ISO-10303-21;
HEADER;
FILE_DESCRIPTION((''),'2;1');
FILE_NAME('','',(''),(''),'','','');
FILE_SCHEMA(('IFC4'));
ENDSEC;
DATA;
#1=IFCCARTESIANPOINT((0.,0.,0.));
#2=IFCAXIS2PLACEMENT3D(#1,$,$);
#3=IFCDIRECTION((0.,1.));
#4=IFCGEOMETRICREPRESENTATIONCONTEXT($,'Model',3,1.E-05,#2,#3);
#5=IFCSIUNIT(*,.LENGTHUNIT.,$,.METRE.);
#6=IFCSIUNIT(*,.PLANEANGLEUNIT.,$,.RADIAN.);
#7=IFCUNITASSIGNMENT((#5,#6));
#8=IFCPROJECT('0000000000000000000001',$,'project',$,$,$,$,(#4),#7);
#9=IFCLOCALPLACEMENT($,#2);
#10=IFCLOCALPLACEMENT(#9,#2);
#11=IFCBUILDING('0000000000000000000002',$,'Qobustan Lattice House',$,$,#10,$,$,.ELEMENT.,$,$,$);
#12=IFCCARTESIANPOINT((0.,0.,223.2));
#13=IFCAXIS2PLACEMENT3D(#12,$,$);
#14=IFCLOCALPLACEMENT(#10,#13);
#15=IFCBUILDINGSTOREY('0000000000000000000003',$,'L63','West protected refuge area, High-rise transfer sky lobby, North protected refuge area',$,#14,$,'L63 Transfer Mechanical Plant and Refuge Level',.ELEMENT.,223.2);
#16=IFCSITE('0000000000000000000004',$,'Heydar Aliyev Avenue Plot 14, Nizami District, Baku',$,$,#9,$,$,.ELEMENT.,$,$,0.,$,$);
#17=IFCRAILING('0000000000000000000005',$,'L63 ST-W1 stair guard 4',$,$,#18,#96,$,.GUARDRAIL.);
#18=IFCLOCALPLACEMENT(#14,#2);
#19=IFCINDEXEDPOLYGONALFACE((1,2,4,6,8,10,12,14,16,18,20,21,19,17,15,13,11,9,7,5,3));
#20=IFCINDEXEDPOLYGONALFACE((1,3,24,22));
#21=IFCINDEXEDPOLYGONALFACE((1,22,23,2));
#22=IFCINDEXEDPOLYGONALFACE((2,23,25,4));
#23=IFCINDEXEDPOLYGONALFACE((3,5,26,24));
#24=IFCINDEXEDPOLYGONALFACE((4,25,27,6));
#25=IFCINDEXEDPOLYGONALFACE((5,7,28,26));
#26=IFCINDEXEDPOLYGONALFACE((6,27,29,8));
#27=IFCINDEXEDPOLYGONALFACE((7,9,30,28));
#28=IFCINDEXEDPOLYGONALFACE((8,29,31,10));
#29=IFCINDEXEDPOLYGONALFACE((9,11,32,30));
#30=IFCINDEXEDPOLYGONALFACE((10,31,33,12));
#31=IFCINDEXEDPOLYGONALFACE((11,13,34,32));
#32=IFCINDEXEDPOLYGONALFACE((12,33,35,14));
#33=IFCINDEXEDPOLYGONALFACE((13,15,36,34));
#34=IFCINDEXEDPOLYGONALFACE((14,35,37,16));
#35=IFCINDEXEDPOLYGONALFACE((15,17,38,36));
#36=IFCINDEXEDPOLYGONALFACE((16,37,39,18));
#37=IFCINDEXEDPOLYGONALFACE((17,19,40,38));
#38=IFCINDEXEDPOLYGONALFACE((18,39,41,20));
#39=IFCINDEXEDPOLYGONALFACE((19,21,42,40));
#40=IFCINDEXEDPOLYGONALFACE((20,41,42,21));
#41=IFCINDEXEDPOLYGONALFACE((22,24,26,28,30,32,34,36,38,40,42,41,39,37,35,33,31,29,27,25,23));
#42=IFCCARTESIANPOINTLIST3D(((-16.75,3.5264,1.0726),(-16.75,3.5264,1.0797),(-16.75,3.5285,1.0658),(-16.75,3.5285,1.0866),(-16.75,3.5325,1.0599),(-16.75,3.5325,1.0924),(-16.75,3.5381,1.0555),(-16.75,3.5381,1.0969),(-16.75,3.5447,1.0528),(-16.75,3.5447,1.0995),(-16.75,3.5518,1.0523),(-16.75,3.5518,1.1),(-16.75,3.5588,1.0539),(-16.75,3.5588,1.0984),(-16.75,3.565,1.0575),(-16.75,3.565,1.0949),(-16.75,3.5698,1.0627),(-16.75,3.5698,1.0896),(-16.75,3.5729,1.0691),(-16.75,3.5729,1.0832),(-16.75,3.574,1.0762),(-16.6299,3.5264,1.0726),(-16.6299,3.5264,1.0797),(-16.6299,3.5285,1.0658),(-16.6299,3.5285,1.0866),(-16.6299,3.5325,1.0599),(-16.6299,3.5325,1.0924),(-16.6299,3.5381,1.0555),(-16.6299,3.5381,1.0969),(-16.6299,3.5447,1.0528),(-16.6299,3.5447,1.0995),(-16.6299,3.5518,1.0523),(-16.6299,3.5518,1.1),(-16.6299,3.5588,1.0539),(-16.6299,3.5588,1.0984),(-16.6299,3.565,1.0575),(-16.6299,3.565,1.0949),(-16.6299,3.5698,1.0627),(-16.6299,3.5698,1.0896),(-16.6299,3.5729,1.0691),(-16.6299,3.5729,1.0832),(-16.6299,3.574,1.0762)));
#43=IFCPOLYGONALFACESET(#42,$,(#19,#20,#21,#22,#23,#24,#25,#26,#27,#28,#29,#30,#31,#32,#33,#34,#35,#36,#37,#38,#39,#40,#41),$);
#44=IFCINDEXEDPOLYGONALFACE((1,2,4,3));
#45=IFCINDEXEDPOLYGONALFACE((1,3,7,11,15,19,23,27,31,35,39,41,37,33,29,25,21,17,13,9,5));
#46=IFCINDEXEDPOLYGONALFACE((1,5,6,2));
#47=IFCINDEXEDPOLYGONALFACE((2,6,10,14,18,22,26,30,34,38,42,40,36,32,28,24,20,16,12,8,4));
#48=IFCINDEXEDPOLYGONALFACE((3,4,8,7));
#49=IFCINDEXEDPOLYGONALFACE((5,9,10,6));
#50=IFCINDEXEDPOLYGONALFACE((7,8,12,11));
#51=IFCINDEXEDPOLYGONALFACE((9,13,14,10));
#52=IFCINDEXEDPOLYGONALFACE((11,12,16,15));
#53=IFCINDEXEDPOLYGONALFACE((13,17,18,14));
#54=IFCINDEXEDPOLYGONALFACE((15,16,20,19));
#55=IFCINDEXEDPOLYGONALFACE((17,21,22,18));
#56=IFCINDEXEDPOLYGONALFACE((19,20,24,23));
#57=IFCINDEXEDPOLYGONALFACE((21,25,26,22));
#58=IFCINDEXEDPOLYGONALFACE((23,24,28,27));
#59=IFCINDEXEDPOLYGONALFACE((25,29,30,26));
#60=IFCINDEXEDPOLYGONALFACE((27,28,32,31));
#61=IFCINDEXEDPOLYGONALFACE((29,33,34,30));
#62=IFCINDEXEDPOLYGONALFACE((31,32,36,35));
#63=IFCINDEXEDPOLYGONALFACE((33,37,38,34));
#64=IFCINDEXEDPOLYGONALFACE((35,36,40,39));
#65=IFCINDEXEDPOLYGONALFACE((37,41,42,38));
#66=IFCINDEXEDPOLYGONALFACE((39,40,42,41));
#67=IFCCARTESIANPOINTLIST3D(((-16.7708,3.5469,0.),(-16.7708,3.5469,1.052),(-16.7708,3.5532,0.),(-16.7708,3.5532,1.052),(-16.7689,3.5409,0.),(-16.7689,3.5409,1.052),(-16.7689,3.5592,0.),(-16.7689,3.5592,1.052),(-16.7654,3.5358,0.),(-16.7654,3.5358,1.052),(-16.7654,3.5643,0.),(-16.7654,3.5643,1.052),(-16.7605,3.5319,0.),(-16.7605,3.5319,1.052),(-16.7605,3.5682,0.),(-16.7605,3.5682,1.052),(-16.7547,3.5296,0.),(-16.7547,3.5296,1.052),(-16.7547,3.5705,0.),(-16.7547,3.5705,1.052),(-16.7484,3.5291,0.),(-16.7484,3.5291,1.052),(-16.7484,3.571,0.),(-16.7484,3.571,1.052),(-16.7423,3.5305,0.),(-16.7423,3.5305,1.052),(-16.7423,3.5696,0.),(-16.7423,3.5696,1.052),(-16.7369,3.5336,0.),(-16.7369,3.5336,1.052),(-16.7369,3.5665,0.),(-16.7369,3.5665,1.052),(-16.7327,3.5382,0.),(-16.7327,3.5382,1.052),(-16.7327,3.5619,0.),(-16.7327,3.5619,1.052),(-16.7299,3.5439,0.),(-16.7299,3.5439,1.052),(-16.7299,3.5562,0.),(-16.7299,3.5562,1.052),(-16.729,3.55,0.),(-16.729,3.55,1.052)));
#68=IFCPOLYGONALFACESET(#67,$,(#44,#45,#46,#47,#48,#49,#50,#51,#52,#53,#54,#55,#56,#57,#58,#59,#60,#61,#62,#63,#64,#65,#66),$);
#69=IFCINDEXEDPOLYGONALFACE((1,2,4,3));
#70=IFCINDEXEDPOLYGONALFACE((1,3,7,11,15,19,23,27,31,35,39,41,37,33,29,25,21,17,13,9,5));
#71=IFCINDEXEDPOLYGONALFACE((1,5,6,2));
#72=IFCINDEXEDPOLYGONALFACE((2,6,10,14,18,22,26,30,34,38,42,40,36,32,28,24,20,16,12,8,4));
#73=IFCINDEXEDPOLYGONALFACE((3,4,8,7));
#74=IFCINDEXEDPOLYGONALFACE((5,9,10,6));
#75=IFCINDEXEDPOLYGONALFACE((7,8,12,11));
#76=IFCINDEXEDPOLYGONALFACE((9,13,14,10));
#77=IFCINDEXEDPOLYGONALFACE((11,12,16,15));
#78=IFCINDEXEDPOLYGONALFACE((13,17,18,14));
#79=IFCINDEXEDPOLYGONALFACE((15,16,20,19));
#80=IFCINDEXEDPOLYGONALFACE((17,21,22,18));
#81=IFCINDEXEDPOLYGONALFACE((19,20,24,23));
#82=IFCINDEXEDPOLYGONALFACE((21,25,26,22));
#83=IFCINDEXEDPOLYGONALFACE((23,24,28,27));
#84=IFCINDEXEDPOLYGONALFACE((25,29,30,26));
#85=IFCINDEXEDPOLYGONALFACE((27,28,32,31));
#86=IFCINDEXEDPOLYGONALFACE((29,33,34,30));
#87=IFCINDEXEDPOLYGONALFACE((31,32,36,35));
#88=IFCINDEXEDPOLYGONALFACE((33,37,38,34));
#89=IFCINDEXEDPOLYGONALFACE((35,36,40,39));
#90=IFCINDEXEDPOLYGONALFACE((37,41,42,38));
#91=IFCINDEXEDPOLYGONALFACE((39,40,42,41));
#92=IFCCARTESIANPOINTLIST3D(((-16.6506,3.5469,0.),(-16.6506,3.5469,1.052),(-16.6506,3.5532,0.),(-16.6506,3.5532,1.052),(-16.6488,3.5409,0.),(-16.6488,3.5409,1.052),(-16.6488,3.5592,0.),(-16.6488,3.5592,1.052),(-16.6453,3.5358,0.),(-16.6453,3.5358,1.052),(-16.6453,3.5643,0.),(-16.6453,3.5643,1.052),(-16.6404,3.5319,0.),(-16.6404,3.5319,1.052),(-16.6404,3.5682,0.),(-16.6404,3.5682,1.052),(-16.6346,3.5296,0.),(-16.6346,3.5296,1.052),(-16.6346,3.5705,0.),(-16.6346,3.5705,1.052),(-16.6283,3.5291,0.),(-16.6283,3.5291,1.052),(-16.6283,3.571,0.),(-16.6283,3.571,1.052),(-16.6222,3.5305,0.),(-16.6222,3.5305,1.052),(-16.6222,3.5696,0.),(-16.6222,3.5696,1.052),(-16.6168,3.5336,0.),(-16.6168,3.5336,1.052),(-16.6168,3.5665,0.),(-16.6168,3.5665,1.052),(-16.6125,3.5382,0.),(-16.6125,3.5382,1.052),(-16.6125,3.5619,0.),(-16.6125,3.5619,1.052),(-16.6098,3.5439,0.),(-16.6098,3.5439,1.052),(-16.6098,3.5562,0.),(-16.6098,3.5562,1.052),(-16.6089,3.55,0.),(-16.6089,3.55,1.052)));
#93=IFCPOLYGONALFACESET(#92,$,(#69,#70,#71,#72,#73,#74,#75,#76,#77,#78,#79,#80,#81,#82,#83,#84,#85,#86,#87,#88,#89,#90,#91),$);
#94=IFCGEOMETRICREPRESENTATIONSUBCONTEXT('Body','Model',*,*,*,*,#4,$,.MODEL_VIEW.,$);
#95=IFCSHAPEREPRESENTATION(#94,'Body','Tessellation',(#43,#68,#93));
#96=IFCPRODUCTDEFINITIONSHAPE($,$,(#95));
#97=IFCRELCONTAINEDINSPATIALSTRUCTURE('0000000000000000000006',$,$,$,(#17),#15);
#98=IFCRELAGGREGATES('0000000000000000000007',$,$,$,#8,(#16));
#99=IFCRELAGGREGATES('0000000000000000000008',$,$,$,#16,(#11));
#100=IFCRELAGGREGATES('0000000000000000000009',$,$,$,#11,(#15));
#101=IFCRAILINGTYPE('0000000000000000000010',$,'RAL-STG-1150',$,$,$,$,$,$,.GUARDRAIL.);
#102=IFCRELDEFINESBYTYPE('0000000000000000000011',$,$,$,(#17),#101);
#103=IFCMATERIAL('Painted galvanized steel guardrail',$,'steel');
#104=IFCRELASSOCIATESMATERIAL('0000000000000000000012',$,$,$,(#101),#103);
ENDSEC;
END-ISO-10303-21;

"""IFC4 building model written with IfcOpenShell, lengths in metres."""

from ifc_helpers import new_model, si_unit, direction, frame, origin, origin_2d, place, context, subcontext, project, spatial, circle, extrude, material, type_object, element, save


model = new_model("IFC4")

# Units and contexts
model_context = context("Model", 3, precision=1e-05, world=origin(), true_north=direction((0.0, 1.0)))
body_context = subcontext(model_context, "Body", "Model", "MODEL_VIEW")
ifc_project = project(units=[si_unit("LENGTHUNIT", "METRE"), si_unit("PLANEANGLEUNIT", "RADIAN")], contexts=[model_context])

# Site, building, storey
site_placement = place(None, origin())
site = spatial("IfcSite", under=ifc_project, at=site_placement, Name="Heydar Aliyev Avenue Plot 14, Nizami District, Baku", CompositionType="ELEMENT", RefElevation=0.0)
building_placement = place(site_placement, origin())
building = spatial("IfcBuilding", under=site, at=building_placement, Name="Qobustan Lattice House", CompositionType="ELEMENT")
storey_placement = place(building_placement, frame((0.0, 0.0, 223.2)))
storey = spatial("IfcBuildingStorey", under=building, at=storey_placement, Name="L63", Description="West protected refuge area, High-rise transfer sky lobby, North protected refuge area", LongName="L63 Transfer Mechanical Plant and Refuge Level", CompositionType="ELEMENT", Elevation=223.2)

# Railing
ifc_material_1 = material(Name="Painted galvanized steel guardrail", Category="steel")
railing_type = type_object("IfcRailingType", Name="RAL-STG-1150", PredefinedType="GUARDRAIL", material=ifc_material_1)
railing_placement = place(storey_placement, frame((-16.75, 3.55, 0.0)))
element("IfcRailing", 1, at=railing_placement, inside=storey, type_object=railing_type, Name="L63 ST-W1 stair guard 4", PredefinedType="GUARDRAIL", context=body_context, shape_type="SweptSolid", body=[
    extrude(circle(Radius=0.0239, at=origin_2d()), frame((0.0, 0.0, 1.0762), z_axis=(1.0, 0.0, 0.0), x_axis=(0.0, 1.0, 0.0)), (0.0, 0.0, 1.0), 0.1201),
    extrude(circle(Radius=0.021, at=origin_2d()), origin(), (0.0, 0.0, 1.0), 1.052),
    extrude(circle(Radius=0.021, at=origin_2d()), frame((0.1201, 0.0, 0.0)), (0.0, 0.0, 1.0), 1.052),
])

save(model, "model.ifc")
